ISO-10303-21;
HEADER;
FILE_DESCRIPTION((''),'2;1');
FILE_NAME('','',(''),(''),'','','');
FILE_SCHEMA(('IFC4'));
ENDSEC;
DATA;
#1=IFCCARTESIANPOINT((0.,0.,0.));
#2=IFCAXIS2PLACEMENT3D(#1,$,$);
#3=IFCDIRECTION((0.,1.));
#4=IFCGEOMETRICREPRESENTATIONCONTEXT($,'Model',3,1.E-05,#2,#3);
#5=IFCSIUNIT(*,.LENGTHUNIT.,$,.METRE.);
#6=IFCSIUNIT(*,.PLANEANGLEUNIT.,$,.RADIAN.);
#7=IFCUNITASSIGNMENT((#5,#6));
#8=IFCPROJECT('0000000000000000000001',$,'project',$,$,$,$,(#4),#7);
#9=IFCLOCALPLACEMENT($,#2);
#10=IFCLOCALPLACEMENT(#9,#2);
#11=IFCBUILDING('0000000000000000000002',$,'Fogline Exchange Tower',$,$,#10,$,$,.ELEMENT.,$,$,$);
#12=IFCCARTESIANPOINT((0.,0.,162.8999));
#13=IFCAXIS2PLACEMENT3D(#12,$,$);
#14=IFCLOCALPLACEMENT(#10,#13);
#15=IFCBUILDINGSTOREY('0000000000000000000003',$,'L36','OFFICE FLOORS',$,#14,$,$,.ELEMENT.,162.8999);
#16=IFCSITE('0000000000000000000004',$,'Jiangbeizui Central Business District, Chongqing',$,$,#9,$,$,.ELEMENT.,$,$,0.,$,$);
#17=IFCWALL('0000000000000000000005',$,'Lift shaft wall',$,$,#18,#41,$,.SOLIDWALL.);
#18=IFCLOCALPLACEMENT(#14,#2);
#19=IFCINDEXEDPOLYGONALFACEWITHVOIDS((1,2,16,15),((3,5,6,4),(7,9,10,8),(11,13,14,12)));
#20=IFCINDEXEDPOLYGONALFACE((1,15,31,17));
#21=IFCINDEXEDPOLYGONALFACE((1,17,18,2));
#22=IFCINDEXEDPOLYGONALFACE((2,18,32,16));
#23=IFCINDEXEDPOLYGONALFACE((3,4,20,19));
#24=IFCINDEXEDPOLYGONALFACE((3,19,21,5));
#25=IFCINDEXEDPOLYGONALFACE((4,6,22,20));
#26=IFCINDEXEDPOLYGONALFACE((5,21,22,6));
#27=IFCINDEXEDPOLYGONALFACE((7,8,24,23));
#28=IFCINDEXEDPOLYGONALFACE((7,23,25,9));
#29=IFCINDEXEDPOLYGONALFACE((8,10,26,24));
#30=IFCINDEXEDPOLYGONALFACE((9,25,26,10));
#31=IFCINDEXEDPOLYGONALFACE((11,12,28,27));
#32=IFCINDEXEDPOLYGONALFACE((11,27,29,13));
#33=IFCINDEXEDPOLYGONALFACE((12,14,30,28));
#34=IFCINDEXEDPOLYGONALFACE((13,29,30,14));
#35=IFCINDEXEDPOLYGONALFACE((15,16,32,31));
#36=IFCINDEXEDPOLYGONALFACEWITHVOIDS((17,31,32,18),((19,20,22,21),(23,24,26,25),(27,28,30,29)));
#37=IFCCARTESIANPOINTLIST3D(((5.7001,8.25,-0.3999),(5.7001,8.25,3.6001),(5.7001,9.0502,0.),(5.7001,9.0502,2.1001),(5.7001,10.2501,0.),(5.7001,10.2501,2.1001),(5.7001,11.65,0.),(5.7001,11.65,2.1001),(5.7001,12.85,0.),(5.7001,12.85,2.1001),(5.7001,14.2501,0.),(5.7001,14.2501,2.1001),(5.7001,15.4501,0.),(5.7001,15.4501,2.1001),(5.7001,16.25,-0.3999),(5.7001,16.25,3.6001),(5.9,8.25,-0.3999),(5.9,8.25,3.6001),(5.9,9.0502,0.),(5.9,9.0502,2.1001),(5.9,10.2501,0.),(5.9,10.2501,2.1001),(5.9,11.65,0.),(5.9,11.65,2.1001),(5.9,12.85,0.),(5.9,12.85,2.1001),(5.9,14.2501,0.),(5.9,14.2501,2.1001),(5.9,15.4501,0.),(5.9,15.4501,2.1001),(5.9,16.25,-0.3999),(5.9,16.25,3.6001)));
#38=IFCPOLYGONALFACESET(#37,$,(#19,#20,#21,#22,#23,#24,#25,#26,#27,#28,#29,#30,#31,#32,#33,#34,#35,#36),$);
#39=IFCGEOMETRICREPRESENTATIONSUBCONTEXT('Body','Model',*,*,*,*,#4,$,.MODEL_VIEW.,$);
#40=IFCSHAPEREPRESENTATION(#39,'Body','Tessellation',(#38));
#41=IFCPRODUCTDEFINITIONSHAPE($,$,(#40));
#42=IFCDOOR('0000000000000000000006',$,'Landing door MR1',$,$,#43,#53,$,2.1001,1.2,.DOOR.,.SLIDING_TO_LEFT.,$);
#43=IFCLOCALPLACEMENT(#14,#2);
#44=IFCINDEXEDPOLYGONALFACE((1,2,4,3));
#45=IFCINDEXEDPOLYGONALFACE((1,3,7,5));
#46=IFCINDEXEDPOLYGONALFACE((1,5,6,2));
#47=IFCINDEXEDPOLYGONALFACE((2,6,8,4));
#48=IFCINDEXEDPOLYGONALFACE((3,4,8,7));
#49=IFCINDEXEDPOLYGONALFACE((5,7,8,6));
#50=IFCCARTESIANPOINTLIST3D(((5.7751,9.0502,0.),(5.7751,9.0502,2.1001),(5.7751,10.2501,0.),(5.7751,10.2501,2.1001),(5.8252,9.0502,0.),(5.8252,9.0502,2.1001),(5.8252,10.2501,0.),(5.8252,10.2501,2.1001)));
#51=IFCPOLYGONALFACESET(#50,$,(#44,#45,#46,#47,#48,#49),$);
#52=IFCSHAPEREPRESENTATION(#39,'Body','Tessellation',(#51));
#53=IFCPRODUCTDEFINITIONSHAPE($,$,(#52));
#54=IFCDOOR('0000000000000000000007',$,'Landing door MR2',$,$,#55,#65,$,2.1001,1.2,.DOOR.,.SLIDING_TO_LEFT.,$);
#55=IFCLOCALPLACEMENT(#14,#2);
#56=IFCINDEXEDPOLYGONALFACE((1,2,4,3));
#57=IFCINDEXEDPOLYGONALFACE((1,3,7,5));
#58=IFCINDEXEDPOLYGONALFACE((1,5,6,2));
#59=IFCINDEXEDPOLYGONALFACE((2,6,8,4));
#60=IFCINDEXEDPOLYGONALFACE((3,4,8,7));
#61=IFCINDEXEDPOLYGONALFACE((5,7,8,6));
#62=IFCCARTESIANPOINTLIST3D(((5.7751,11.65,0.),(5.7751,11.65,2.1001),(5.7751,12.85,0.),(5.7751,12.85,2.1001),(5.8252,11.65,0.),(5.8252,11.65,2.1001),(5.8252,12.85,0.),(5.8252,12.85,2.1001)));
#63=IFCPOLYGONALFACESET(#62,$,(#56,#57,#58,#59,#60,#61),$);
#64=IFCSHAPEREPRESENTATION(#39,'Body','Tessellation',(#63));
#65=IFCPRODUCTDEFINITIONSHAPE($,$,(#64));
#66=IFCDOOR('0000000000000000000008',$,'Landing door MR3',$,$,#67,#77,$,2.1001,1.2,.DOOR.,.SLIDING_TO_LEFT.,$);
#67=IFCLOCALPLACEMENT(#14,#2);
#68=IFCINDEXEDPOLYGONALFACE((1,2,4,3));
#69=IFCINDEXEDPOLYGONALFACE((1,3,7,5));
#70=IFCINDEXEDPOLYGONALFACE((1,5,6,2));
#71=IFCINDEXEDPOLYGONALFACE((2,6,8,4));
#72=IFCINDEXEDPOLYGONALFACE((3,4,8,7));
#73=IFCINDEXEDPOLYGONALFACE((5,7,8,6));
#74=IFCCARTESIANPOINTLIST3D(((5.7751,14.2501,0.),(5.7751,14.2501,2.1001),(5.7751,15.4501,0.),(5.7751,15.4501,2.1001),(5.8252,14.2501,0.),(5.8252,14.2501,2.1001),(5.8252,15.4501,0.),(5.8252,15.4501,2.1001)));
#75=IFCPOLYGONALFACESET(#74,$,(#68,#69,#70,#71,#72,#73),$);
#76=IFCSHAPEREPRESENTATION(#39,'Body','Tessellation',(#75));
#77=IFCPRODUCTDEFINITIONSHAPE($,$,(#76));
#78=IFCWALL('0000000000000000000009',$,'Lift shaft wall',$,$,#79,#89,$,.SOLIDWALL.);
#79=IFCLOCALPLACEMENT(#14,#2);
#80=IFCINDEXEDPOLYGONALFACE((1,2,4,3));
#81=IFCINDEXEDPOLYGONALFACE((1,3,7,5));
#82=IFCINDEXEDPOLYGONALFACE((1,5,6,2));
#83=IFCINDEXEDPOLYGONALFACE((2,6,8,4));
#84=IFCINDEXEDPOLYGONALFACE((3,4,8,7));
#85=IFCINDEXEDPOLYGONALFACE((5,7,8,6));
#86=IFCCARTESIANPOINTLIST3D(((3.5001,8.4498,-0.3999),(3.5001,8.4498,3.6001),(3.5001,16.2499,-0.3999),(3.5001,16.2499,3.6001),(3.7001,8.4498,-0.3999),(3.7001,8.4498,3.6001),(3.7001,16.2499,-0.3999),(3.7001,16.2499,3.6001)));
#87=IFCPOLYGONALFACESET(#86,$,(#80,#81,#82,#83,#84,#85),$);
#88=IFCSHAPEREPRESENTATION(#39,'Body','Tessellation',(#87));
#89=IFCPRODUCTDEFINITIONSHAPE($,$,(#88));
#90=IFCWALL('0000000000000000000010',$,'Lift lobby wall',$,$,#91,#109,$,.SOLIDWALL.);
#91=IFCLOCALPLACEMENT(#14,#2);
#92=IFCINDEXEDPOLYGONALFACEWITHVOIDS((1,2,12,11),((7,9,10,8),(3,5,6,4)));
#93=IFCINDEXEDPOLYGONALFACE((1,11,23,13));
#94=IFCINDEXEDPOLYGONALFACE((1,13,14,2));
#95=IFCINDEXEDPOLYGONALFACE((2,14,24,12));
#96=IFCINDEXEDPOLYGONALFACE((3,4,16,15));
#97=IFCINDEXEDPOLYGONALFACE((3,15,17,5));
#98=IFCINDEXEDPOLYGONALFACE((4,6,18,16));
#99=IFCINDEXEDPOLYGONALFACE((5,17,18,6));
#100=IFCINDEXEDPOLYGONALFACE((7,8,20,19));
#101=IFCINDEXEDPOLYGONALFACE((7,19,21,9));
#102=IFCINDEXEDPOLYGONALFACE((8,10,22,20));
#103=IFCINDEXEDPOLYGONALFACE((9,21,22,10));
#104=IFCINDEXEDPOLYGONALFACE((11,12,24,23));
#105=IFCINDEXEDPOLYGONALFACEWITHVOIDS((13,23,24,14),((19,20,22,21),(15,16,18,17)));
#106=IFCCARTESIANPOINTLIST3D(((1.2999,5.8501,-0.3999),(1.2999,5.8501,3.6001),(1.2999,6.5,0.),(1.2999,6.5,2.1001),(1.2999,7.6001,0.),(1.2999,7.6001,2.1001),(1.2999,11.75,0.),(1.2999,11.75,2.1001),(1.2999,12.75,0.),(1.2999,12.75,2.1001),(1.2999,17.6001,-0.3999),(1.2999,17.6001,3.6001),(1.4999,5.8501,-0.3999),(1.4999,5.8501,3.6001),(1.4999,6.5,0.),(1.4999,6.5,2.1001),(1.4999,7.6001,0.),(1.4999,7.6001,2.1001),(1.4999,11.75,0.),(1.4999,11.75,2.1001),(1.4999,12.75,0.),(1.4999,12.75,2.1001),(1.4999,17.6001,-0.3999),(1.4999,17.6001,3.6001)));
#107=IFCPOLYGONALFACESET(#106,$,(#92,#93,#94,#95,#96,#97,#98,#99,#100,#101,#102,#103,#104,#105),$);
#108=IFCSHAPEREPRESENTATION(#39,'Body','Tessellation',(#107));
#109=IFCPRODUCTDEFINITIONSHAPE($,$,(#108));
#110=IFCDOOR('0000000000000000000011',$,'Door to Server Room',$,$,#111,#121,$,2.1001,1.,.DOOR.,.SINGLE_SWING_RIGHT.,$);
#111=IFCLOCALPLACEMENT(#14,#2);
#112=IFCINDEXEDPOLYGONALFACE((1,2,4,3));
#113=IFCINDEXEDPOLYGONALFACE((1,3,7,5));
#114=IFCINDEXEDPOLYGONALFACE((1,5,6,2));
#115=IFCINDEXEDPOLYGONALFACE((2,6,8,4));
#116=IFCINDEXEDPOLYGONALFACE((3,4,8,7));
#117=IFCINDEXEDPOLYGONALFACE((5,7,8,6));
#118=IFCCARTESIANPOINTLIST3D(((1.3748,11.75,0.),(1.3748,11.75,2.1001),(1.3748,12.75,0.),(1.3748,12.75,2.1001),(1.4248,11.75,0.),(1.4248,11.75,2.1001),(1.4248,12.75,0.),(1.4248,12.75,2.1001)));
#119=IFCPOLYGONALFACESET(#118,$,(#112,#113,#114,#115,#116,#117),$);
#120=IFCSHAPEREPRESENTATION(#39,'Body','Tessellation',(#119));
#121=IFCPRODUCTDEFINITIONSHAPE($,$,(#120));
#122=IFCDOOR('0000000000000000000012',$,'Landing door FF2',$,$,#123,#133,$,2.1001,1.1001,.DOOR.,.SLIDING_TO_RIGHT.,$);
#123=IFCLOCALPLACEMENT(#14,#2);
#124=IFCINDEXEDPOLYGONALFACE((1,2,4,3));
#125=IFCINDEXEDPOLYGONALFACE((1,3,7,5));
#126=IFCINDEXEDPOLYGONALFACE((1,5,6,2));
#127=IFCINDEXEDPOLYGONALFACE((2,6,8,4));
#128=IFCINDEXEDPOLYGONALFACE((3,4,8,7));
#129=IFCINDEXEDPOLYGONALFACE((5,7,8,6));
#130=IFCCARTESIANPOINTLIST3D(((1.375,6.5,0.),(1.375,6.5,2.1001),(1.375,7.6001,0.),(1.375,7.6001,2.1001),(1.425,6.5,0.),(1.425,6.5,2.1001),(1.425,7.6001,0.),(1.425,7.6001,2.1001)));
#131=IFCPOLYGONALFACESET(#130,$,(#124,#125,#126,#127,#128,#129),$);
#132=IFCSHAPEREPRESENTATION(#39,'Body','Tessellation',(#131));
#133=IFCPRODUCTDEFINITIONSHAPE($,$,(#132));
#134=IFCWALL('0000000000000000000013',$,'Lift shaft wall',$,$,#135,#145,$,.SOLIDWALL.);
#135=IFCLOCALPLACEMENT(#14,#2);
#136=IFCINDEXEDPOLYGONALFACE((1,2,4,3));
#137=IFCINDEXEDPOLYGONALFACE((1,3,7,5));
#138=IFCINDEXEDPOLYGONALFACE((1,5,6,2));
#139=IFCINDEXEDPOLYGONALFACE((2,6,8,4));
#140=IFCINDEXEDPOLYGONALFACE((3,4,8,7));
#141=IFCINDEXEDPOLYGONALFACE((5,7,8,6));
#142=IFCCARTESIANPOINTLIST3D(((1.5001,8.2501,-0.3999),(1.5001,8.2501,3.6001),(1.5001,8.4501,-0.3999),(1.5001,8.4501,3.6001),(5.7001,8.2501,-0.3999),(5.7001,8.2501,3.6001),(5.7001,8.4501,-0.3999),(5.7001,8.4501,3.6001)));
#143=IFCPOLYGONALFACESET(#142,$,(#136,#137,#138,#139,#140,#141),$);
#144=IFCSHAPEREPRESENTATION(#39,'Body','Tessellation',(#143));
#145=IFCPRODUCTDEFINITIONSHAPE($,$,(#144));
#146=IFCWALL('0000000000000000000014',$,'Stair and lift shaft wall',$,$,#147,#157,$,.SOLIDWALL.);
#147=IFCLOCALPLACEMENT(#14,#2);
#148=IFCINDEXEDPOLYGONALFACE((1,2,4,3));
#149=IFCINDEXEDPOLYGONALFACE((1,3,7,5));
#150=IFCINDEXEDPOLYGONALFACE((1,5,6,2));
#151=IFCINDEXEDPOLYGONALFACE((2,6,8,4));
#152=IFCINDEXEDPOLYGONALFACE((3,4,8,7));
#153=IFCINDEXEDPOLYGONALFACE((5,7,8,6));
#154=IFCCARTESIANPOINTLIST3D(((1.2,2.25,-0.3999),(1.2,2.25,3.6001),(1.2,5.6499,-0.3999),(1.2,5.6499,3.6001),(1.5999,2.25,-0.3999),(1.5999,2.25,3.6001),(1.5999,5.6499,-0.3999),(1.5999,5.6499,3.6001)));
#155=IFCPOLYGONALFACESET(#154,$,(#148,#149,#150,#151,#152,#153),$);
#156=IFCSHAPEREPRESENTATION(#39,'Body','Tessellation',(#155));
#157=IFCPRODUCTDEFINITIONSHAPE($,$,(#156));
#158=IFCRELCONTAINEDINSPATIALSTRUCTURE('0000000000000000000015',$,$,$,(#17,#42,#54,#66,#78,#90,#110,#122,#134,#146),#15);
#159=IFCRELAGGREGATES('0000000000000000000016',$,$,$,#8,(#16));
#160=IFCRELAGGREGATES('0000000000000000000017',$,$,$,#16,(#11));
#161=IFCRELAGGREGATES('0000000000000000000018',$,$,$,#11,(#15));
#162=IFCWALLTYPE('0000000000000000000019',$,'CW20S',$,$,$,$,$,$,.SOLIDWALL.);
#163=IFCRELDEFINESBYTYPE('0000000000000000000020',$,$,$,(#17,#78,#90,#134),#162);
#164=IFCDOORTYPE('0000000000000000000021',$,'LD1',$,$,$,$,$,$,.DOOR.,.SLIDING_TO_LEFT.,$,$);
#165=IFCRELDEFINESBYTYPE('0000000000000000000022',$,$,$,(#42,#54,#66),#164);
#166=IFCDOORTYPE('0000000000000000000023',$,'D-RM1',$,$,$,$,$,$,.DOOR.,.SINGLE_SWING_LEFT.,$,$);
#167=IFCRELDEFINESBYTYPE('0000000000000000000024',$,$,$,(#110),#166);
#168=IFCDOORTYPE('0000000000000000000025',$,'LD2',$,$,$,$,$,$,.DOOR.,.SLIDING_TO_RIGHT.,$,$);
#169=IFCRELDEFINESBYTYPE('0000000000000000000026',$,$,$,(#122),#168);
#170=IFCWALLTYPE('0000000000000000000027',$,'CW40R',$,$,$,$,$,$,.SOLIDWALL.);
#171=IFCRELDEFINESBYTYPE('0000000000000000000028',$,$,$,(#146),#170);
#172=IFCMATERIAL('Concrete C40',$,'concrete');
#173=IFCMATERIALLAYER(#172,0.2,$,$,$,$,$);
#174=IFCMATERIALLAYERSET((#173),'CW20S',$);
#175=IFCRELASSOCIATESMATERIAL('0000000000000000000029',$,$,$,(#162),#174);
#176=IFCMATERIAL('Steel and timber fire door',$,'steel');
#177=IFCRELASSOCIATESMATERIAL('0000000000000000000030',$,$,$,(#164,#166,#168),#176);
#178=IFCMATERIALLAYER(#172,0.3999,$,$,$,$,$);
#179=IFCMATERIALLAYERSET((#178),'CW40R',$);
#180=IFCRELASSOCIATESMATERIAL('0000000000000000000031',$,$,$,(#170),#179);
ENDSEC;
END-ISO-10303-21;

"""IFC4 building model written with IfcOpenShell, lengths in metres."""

from ifc_helpers import new_model, si_unit, direction, frame, frame_2d, origin, place, context, subcontext, project, spatial, rectangle, extrude, material, layer, layer_set, type_object, element, fill, save


model = new_model("IFC4")

# Units and contexts
model_context = context("Model", 3, precision=1e-05, world=origin(), true_north=direction((0.0, 1.0)))
body_context = subcontext(model_context, "Body", "Model", "MODEL_VIEW")
ifc_project = project(units=[si_unit("LENGTHUNIT", "METRE"), si_unit("PLANEANGLEUNIT", "RADIAN")], contexts=[model_context])

# Site, building, storey
site_placement = place(None, origin())
site = spatial("IfcSite", under=ifc_project, at=site_placement, Name="Jiangbeizui Central Business District, Chongqing", CompositionType="ELEMENT", RefElevation=0.0)
building_placement = place(site_placement, origin())
building = spatial("IfcBuilding", under=site, at=building_placement, Name="Fogline Exchange Tower", CompositionType="ELEMENT")
storey_placement = place(building_placement, frame((0.0, 0.0, 162.8999)))
storey = spatial("IfcBuildingStorey", under=building, at=storey_placement, Name="L36", Description="OFFICE FLOORS", CompositionType="ELEMENT", Elevation=162.8999)

# Shared definitions
ifc_material_1 = material(Name="Concrete C40", Category="concrete")

# Shared definitions
ifc_material_2 = material(Name="Steel and timber fire door", Category="steel")

# Wall, openings, doors
ifc_layer_1 = layer(ifc_material_1, 0.2)
ifc_layer_set_1 = layer_set([ifc_layer_1], Name="CW20S")
wall_type_1 = type_object("IfcWallType", Name="CW20S", PredefinedType="SOLIDWALL", material=ifc_layer_set_1)
wall_1_placement = place(storey_placement, frame((5.8, 8.25, -0.3999), z_axis=(0.0, 0.0, 1.0), x_axis=(0.0, 1.0, 0.0)))
wall_1 = element("IfcWall", 1, at=wall_1_placement, inside=storey, type_object=wall_type_1, Name="Lift shaft wall", PredefinedType="SOLIDWALL", context=body_context, shape_type="SweptSolid", body=[
    extrude(rectangle(XDim=8.0, YDim=0.2, at=frame_2d((4.0, 0.0))), origin(), (0.0, 0.0, 1.0), 4.0),
])
opening_1_placement = place(wall_1_placement, frame((0.8, 0.0, 0.3999)))
opening_1 = element("IfcOpeningElement", 2, at=opening_1_placement, cuts=wall_1, PredefinedType="OPENING", context=body_context, shape_type="SweptSolid", body=[
    extrude(rectangle(XDim=1.2, YDim=2.1001, at=frame_2d((0.6001, 1.05))), frame((0.0, 0.1099, 0.0), z_axis=(0.0, -1.0, 0.0), x_axis=(1.0, 0.0, 0.0)), (0.0, 0.0, 1.0), 0.22),
])
opening_2_placement = place(wall_1_placement, frame((3.3999, 0.0, 0.3999)))
opening_2 = element("IfcOpeningElement", 3, at=opening_2_placement, cuts=wall_1, PredefinedType="OPENING", context=body_context, shape_type="SweptSolid", body=[
    extrude(rectangle(XDim=1.2, YDim=2.1001, at=frame_2d((0.6001, 1.05))), frame((0.0, 0.1099, 0.0), z_axis=(0.0, -1.0, 0.0), x_axis=(1.0, 0.0, 0.0)), (0.0, 0.0, 1.0), 0.22),
])
opening_3_placement = place(wall_1_placement, frame((6.0, 0.0, 0.3999)))
opening_3 = element("IfcOpeningElement", 4, at=opening_3_placement, cuts=wall_1, PredefinedType="OPENING", context=body_context, shape_type="SweptSolid", body=[
    extrude(rectangle(XDim=1.2, YDim=2.1001, at=frame_2d((0.6001, 1.05))), frame((0.0, 0.1099, 0.0), z_axis=(0.0, -1.0, 0.0), x_axis=(1.0, 0.0, 0.0)), (0.0, 0.0, 1.0), 0.22),
])
door_type_1 = type_object("IfcDoorType", Name="LD1", OperationType="SLIDING_TO_LEFT", PredefinedType="DOOR", material=ifc_material_2)
door_1_placement = place(opening_1_placement, origin())
door_1 = element("IfcDoor", 5, at=door_1_placement, inside=storey, type_object=door_type_1, Name="Landing door MR1", OperationType="SLIDING_TO_LEFT", OverallHeight=2.1001, OverallWidth=1.2, PredefinedType="DOOR", context=body_context, shape_type="SweptSolid", body=[
    extrude(rectangle(XDim=1.2, YDim=2.1001, at=frame_2d((0.6001, 1.05))), frame((0.0, 0.0249, 0.0), z_axis=(0.0, -1.0, 0.0), x_axis=(1.0, 0.0, 0.0)), (0.0, 0.0, 1.0), 0.05),
])
fill(opening_1, door_1)
door_2_placement = place(opening_2_placement, origin())
door_2 = element("IfcDoor", 6, at=door_2_placement, inside=storey, type_object=door_type_1, Name="Landing door MR2", OperationType="SLIDING_TO_LEFT", OverallHeight=2.1001, OverallWidth=1.2, PredefinedType="DOOR", context=body_context, shape_type="SweptSolid", body=[
    extrude(rectangle(XDim=1.2, YDim=2.1001, at=frame_2d((0.6001, 1.05))), frame((0.0, 0.0249, 0.0), z_axis=(0.0, -1.0, 0.0), x_axis=(1.0, 0.0, 0.0)), (0.0, 0.0, 1.0), 0.05),
])
fill(opening_2, door_2)
door_3_placement = place(opening_3_placement, origin())
door_3 = element("IfcDoor", 7, at=door_3_placement, inside=storey, type_object=door_type_1, Name="Landing door MR3", OperationType="SLIDING_TO_LEFT", OverallHeight=2.1001, OverallWidth=1.2, PredefinedType="DOOR", context=body_context, shape_type="SweptSolid", body=[
    extrude(rectangle(XDim=1.2, YDim=2.1001, at=frame_2d((0.6001, 1.05))), frame((0.0, 0.0249, 0.0), z_axis=(0.0, -1.0, 0.0), x_axis=(1.0, 0.0, 0.0)), (0.0, 0.0, 1.0), 0.05),
])
fill(opening_3, door_3)

# Wall
wall_2_placement = place(storey_placement, frame((3.6001, 8.45, -0.3999), z_axis=(0.0, 0.0, 1.0), x_axis=(0.0, 1.0, 0.0)))
element("IfcWall", 8, at=wall_2_placement, inside=storey, type_object=wall_type_1, Name="Lift shaft wall", PredefinedType="SOLIDWALL", context=body_context, shape_type="SweptSolid", body=[
    extrude(rectangle(XDim=7.8, YDim=0.2, at=frame_2d((3.8999, 0.0))), origin(), (0.0, 0.0, 1.0), 4.0),
])

# Wall, openings, doors
wall_3_placement = place(storey_placement, frame((1.3999, 5.8501, -0.3999), z_axis=(0.0, 0.0, 1.0), x_axis=(0.0, 1.0, 0.0)))
wall_3 = element("IfcWall", 9, at=wall_3_placement, inside=storey, type_object=wall_type_1, Name="Lift lobby wall", PredefinedType="SOLIDWALL", context=body_context, shape_type="SweptSolid", body=[
    extrude(rectangle(XDim=11.75, YDim=0.2, at=frame_2d((5.875, 0.0))), origin(), (0.0, 0.0, 1.0), 4.0),
])
opening_4_placement = place(wall_3_placement, frame((0.6499, 0.0, 0.3999)))
opening_4 = element("IfcOpeningElement", 10, at=opening_4_placement, cuts=wall_3, PredefinedType="OPENING", context=body_context, shape_type="SweptSolid", body=[
    extrude(rectangle(XDim=1.1001, YDim=2.1001, at=frame_2d((0.55, 1.05))), frame((0.0, 0.1099, 0.0), z_axis=(0.0, -1.0, 0.0), x_axis=(1.0, 0.0, 0.0)), (0.0, 0.0, 1.0), 0.22),
])
opening_5_placement = place(wall_3_placement, frame((5.8999, 0.0, 0.3999)))
opening_5 = element("IfcOpeningElement", 11, at=opening_5_placement, cuts=wall_3, PredefinedType="OPENING", context=body_context, shape_type="SweptSolid", body=[
    extrude(rectangle(XDim=1.0, YDim=2.1001, at=frame_2d((0.5, 1.05))), frame((0.0, 0.1099, 0.0), z_axis=(0.0, -1.0, 0.0), x_axis=(1.0, 0.0, 0.0)), (0.0, 0.0, 1.0), 0.22),
])
door_type_2 = type_object("IfcDoorType", Name="D-RM1", OperationType="SINGLE_SWING_LEFT", PredefinedType="DOOR", material=ifc_material_2)
door_4_placement = place(opening_5_placement, frame((1.0, 0.0, 0.0), z_axis=(0.0, 0.0, 1.0), x_axis=(-1.0, 0.0, 0.0)))
door_4 = element("IfcDoor", 12, at=door_4_placement, inside=storey, type_object=door_type_2, Name="Door to Server Room", OperationType="SINGLE_SWING_RIGHT", OverallHeight=2.1001, OverallWidth=1.0, PredefinedType="DOOR", context=body_context, shape_type="SweptSolid", body=[
    extrude(rectangle(XDim=1.0, YDim=2.1001, at=frame_2d((0.5, 1.05))), frame((0.0, 0.0249, 0.0), z_axis=(0.0, -1.0, 0.0), x_axis=(1.0, 0.0, 0.0)), (0.0, 0.0, 1.0), 0.05),
])
fill(opening_5, door_4)
door_type_3 = type_object("IfcDoorType", Name="LD2", OperationType="SLIDING_TO_RIGHT", PredefinedType="DOOR", material=ifc_material_2)
door_5_placement = place(opening_4_placement, origin())
door_5 = element("IfcDoor", 13, at=door_5_placement, inside=storey, type_object=door_type_3, Name="Landing door FF2", OperationType="SLIDING_TO_RIGHT", OverallHeight=2.1001, OverallWidth=1.1001, PredefinedType="DOOR", context=body_context, shape_type="SweptSolid", body=[
    extrude(rectangle(XDim=1.1001, YDim=2.1001, at=frame_2d((0.55, 1.05))), frame((0.0, 0.0249, 0.0), z_axis=(0.0, -1.0, 0.0), x_axis=(1.0, 0.0, 0.0)), (0.0, 0.0, 1.0), 0.05),
])
fill(opening_4, door_5)

# Walls
wall_4_placement = place(storey_placement, frame((1.5, 8.3501, -0.3999), z_axis=(0.0, 0.0, 1.0), x_axis=(1.0, 0.0, 0.0)))
element("IfcWall", 14, at=wall_4_placement, inside=storey, type_object=wall_type_1, Name="Lift shaft wall", PredefinedType="SOLIDWALL", context=body_context, shape_type="SweptSolid", body=[
    extrude(rectangle(XDim=4.2, YDim=0.2, at=frame_2d((2.1001, 0.0))), origin(), (0.0, 0.0, 1.0), 4.0),
])
ifc_layer_2 = layer(ifc_material_1, 0.3999)
ifc_layer_set_2 = layer_set([ifc_layer_2], Name="CW40R")
wall_type_2 = type_object("IfcWallType", Name="CW40R", PredefinedType="SOLIDWALL", material=ifc_layer_set_2)
wall_5_placement = place(storey_placement, frame((1.3999, 2.25, -0.3999), z_axis=(0.0, 0.0, 1.0), x_axis=(0.0, 1.0, 0.0)))
element("IfcWall", 15, at=wall_5_placement, inside=storey, type_object=wall_type_2, Name="Stair and lift shaft wall", PredefinedType="SOLIDWALL", context=body_context, shape_type="SweptSolid", body=[
    extrude(rectangle(XDim=3.3999, YDim=0.3999, at=frame_2d((1.7, 0.0))), origin(), (0.0, 0.0, 1.0), 4.0),
])

save(model, "model.ifc")
